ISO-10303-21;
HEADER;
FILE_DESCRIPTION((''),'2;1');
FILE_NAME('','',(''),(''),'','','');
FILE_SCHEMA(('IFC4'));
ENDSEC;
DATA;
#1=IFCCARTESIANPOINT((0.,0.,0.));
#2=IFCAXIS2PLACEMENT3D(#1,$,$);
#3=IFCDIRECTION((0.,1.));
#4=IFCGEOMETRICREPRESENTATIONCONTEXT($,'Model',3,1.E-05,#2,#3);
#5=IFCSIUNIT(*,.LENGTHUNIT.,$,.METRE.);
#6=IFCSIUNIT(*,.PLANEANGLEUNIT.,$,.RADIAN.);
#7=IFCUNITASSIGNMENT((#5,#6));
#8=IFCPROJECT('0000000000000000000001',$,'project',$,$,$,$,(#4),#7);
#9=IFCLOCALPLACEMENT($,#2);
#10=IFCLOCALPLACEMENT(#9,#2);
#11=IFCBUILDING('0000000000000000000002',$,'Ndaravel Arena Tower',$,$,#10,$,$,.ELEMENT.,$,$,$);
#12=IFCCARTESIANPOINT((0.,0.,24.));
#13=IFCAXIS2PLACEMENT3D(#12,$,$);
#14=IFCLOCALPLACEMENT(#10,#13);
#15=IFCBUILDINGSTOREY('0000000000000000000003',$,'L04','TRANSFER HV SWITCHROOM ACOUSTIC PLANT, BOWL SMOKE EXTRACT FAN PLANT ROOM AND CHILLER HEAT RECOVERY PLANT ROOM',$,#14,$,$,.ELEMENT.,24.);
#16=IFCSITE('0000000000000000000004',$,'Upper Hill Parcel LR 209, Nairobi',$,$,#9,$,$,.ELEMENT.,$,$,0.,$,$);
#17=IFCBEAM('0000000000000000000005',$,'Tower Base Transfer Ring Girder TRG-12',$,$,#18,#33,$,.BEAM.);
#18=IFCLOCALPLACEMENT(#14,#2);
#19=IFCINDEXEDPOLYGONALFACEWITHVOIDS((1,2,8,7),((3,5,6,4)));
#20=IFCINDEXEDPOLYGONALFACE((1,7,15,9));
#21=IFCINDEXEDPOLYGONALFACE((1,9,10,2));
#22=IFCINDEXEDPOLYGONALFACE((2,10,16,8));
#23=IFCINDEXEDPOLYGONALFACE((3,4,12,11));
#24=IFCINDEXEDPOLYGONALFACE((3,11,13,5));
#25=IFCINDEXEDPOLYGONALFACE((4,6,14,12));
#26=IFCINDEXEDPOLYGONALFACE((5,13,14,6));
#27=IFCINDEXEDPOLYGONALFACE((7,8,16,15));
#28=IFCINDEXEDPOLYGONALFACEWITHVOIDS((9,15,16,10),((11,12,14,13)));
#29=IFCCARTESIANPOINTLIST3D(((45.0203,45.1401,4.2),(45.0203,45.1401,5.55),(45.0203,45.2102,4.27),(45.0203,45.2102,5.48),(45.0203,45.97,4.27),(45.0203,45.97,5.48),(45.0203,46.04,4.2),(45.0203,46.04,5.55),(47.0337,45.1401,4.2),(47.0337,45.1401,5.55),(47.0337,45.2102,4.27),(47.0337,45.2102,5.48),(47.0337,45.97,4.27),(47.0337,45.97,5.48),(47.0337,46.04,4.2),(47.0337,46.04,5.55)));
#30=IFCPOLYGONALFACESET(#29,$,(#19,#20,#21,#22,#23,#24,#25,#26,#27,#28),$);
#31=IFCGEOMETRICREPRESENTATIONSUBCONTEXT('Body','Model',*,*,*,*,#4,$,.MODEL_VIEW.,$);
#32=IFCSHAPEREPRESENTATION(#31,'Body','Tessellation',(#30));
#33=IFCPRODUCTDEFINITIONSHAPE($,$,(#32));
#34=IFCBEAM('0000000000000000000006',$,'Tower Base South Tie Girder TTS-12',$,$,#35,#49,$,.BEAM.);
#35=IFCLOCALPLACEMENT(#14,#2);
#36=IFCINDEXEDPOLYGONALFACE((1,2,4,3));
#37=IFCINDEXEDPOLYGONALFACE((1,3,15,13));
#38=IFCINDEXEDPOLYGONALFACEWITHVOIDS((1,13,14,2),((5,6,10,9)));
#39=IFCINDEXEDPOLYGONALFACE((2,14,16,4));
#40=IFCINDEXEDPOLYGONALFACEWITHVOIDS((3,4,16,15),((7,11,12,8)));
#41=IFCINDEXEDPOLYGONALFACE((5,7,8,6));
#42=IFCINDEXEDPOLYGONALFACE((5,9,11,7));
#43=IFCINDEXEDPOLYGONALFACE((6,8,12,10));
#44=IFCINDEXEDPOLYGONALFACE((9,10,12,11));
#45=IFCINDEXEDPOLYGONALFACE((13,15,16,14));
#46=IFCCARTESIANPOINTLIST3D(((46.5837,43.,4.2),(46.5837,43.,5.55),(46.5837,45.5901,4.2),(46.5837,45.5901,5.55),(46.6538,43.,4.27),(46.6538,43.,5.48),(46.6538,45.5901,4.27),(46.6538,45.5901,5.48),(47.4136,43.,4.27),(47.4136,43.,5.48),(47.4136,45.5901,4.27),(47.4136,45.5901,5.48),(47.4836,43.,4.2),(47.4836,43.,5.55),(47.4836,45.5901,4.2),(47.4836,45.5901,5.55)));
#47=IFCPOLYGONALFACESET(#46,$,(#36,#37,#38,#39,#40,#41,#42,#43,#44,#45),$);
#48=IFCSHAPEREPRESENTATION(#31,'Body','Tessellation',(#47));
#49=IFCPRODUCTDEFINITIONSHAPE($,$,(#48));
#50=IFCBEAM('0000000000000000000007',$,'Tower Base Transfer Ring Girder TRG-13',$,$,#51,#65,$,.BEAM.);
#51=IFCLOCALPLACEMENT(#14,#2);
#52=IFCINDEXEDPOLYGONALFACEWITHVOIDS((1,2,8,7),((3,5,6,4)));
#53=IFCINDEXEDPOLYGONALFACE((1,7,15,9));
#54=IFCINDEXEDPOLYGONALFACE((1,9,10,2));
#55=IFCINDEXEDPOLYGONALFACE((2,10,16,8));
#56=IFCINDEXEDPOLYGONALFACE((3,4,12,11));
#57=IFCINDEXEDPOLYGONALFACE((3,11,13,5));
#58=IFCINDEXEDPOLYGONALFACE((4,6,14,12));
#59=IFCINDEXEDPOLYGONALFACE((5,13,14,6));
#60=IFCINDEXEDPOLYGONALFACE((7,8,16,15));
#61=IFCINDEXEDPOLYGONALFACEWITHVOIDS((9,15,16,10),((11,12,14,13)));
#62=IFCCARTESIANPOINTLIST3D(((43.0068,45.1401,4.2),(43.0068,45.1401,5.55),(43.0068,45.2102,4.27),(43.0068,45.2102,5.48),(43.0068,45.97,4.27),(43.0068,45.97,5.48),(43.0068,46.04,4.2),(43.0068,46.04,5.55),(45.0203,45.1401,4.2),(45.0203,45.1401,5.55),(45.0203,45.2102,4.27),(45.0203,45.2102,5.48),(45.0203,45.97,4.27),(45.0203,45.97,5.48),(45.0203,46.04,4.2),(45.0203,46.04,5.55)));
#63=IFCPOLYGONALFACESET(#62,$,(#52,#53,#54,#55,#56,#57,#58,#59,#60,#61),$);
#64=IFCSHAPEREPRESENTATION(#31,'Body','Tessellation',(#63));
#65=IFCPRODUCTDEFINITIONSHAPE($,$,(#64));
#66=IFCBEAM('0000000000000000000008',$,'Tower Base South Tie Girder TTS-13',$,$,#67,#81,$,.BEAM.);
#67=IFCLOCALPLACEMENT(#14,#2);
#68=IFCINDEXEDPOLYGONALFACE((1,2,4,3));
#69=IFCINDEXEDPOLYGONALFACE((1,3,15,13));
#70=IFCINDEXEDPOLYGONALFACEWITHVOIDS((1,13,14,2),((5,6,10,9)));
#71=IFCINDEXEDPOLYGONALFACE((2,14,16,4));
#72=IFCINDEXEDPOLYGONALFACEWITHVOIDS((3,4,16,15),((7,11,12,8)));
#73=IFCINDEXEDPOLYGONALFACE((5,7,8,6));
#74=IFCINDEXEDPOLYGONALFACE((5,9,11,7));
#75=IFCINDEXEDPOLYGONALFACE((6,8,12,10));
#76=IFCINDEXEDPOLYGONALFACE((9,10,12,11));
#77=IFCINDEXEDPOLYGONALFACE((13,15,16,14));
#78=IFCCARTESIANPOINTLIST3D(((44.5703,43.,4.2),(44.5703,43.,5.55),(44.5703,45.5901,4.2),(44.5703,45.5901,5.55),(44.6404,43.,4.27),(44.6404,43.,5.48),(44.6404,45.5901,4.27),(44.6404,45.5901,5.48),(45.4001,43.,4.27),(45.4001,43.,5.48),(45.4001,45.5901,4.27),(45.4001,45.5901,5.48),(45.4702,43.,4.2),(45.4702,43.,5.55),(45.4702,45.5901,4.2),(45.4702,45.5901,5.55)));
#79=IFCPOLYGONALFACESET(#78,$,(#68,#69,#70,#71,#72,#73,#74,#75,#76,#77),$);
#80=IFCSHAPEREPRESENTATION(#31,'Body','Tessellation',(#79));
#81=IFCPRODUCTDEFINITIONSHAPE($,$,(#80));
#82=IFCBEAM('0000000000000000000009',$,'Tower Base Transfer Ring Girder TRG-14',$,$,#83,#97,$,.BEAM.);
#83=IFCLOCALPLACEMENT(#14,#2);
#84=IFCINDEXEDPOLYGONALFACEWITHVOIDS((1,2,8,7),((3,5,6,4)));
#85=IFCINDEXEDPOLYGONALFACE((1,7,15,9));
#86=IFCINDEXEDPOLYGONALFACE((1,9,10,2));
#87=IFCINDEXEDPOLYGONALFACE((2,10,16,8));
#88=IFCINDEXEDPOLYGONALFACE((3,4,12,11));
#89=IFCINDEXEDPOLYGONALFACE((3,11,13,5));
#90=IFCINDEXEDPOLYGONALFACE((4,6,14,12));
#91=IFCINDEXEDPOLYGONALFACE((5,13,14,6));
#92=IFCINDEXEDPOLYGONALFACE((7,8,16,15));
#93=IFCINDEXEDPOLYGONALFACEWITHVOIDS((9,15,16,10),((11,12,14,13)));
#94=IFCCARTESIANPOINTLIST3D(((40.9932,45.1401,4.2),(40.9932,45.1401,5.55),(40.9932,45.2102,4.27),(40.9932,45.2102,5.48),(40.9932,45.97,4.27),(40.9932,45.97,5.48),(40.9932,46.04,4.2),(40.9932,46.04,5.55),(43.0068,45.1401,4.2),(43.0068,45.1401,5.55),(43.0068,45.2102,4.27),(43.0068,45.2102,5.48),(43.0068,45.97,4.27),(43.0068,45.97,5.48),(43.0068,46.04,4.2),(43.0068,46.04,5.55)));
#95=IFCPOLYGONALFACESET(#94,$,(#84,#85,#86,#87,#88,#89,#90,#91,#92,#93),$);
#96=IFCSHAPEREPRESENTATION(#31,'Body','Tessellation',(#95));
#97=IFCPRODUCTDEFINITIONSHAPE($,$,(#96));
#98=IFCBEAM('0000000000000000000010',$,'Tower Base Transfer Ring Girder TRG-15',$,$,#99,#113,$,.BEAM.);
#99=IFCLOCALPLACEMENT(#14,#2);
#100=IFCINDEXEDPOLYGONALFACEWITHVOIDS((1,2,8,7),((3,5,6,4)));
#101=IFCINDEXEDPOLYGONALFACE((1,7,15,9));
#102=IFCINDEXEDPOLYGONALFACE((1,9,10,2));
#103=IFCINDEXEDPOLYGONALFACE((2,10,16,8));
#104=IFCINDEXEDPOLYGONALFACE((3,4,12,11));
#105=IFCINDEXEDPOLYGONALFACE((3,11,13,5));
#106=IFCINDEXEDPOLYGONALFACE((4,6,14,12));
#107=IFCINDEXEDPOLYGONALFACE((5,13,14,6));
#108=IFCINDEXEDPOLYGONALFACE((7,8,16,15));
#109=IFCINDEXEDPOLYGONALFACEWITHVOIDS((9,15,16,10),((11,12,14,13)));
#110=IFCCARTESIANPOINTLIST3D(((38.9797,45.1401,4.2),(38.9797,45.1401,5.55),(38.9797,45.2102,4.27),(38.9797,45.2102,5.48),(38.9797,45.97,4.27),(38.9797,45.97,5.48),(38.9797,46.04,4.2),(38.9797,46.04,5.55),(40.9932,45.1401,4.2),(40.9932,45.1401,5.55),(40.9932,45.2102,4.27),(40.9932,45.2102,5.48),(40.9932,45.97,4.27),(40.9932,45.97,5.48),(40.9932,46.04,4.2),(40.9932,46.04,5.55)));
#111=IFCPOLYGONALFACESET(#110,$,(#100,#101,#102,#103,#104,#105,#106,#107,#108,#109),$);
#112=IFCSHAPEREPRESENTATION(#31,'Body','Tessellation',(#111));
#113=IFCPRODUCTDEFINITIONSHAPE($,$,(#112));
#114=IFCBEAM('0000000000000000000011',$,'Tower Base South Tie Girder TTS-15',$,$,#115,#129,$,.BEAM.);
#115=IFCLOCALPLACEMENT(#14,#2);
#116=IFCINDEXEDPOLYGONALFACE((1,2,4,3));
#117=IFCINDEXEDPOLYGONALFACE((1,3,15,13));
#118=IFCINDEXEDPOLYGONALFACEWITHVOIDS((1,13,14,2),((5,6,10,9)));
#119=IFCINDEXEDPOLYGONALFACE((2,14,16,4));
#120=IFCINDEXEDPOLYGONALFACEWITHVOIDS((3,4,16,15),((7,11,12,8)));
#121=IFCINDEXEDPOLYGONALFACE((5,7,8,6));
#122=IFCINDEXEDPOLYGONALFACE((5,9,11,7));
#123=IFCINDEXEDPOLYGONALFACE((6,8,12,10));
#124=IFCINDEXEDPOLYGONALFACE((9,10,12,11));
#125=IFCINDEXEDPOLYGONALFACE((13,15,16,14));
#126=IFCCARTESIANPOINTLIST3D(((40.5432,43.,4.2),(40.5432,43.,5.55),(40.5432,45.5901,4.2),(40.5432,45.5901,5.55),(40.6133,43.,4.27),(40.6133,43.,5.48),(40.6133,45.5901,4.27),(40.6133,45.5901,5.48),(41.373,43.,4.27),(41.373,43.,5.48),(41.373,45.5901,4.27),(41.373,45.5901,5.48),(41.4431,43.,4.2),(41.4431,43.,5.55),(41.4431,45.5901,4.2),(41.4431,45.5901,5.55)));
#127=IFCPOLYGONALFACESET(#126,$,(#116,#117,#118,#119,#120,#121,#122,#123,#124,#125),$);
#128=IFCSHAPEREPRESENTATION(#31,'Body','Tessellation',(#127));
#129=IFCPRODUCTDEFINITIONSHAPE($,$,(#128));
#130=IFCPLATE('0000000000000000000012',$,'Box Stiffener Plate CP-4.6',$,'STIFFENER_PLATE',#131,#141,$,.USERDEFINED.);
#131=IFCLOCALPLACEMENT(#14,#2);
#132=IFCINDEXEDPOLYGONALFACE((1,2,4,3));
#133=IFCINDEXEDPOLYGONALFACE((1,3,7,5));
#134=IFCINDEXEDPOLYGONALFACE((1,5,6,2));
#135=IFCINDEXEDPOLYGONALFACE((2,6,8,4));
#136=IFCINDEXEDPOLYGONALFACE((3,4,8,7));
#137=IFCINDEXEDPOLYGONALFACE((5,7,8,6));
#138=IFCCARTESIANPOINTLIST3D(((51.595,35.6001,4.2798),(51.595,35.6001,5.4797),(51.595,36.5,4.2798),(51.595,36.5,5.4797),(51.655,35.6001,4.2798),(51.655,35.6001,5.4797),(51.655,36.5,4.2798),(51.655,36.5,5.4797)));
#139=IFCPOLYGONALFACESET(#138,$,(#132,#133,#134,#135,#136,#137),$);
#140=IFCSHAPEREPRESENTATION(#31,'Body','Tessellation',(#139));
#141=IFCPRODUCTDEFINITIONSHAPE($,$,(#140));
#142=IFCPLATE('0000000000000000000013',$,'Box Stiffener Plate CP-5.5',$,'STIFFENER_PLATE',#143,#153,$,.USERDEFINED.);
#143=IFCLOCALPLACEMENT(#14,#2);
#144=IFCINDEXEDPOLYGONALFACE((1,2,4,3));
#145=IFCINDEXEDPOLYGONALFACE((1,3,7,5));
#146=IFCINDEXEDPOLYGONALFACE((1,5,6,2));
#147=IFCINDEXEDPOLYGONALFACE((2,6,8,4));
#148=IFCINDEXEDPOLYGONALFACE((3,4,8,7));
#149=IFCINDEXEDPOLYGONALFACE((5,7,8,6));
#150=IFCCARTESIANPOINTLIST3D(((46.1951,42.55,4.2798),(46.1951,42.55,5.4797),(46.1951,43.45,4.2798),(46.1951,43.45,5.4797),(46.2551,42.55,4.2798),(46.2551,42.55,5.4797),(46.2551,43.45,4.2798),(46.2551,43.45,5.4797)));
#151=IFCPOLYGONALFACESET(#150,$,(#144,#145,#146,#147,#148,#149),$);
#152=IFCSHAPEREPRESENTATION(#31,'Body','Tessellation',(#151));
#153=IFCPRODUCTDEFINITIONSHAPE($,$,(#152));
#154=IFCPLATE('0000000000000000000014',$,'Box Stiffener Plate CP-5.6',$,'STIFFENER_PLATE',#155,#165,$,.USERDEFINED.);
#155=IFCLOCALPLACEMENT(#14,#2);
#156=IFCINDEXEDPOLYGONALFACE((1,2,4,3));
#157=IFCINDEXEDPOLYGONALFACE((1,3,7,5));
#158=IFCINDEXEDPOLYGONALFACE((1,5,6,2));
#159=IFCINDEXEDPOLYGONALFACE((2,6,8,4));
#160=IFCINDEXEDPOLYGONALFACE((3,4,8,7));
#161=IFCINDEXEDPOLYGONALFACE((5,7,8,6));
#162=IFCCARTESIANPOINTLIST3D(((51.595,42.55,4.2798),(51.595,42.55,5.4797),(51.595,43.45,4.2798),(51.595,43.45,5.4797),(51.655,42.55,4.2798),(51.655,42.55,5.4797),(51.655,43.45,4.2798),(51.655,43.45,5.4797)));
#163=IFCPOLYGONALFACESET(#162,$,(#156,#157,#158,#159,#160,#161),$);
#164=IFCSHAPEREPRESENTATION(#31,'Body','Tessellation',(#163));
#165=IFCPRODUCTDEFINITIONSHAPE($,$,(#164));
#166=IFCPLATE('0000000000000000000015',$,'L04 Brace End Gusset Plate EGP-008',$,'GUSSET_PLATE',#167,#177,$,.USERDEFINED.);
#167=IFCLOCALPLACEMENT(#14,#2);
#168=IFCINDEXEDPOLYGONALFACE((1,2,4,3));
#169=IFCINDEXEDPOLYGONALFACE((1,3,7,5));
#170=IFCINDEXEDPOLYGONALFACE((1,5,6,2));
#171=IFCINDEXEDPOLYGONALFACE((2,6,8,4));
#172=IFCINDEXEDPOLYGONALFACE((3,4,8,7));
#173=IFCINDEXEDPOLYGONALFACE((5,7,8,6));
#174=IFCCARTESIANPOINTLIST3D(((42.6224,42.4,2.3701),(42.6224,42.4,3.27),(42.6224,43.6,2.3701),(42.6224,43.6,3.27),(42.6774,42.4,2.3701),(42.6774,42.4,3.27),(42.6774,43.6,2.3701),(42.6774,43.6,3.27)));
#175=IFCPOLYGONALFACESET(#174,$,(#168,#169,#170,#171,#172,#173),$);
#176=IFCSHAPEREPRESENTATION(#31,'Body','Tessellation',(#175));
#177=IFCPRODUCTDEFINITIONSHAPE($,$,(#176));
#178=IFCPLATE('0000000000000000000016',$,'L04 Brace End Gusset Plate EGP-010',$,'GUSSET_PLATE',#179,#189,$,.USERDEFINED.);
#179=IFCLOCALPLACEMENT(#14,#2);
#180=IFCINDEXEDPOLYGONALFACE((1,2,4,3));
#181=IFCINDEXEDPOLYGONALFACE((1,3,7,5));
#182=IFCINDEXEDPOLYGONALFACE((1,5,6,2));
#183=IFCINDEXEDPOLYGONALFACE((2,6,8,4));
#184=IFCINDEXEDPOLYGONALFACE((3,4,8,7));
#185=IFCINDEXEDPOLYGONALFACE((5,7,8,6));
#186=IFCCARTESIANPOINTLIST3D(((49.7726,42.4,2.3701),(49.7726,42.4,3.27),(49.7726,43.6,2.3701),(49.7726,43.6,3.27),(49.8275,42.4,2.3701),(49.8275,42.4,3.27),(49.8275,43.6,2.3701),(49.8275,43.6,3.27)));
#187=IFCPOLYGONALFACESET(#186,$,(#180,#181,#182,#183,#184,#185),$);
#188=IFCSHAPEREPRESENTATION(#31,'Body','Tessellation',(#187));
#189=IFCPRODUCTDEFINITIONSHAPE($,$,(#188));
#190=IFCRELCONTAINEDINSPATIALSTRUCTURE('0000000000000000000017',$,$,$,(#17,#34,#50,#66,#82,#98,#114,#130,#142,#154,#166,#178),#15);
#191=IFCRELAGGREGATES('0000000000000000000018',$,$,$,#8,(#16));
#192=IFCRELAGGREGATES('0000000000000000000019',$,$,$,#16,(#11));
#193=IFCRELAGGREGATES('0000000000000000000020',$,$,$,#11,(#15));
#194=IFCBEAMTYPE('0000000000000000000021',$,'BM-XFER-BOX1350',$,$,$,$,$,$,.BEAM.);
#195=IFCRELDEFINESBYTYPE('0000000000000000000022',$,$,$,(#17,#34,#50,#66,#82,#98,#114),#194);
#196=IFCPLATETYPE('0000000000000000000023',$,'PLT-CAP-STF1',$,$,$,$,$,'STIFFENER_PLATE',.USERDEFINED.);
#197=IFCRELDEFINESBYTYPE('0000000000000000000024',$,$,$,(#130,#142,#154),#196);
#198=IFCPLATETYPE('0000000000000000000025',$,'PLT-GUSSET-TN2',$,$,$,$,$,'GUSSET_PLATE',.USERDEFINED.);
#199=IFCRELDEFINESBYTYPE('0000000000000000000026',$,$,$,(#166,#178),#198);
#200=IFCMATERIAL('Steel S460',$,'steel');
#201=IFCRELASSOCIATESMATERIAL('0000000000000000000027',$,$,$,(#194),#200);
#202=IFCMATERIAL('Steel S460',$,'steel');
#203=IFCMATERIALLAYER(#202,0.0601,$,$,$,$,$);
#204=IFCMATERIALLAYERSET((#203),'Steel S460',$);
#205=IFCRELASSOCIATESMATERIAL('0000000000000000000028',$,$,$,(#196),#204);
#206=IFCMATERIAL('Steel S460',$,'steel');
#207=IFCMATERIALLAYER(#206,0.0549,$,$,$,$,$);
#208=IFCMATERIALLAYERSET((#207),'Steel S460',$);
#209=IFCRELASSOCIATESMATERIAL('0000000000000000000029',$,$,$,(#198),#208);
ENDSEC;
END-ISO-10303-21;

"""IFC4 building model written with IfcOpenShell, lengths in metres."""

from ifc_helpers import new_model, si_unit, direction, frame, origin, origin_2d, place, context, subcontext, project, spatial, rectangle, hollow_rectangle, extrude, material, layer, layer_set, material_profile, profile_set, type_object, element, save


model = new_model("IFC4")

# Units and contexts
model_context = context("Model", 3, precision=1e-05, world=origin(), true_north=direction((0.0, 1.0)))
body_context = subcontext(model_context, "Body", "Model", "MODEL_VIEW")
ifc_project = project(units=[si_unit("LENGTHUNIT", "METRE"), si_unit("PLANEANGLEUNIT", "RADIAN")], contexts=[model_context])

# Site, building, storey
site_placement = place(None, origin())
site = spatial("IfcSite", under=ifc_project, at=site_placement, Name="Upper Hill Parcel LR 209, Nairobi", CompositionType="ELEMENT", RefElevation=0.0)
building_placement = place(site_placement, origin())
building = spatial("IfcBuilding", under=site, at=building_placement, Name="Ndaravel Arena Tower", CompositionType="ELEMENT")
storey_placement = place(building_placement, frame((0.0, 0.0, 24.0)))
storey = spatial("IfcBuildingStorey", under=building, at=storey_placement, Name="L04", Description="TRANSFER HV SWITCHROOM ACOUSTIC PLANT, BOWL SMOKE EXTRACT FAN PLANT ROOM AND CHILLER HEAT RECOVERY PLANT ROOM", CompositionType="ELEMENT", Elevation=24.0)

# Beams
ifc_material_1 = material(Name="Steel S460", Category="steel")
ifc_material_profile_1 = material_profile(ifc_material_1, hollow_rectangle(XDim=0.8999, YDim=1.3501, WallThickness=0.0701, at=origin_2d()), Name="BOX 1350x900x70")
ifc_profile_set_1 = profile_set([ifc_material_profile_1], Name="Steel S460")
beam_type_1 = type_object("IfcBeamType", Name="BM-XFER-BOX1350", PredefinedType="BEAM", material=ifc_profile_set_1)
beam_1_placement = place(storey_placement, frame((47.0337, 45.5901, 4.875), z_axis=(-1.0, 0.0, 0.0), x_axis=(0.0, -1.0, 0.0)))
element("IfcBeam", 1, at=beam_1_placement, inside=storey, type_object=beam_type_1, Name="Tower Base Transfer Ring Girder TRG-12", PredefinedType="BEAM", context=body_context, shape_type="SweptSolid", body=[
    extrude(hollow_rectangle(XDim=0.8999, YDim=1.3501, WallThickness=0.0701, at=origin_2d()), origin(), (0.0, 0.0, 1.0), 2.0134),
])
beam_2_placement = place(storey_placement, frame((47.0337, 43.0, 4.875), z_axis=(0.0, 1.0, 0.0), x_axis=(-1.0, 0.0, 0.0)))
element("IfcBeam", 2, at=beam_2_placement, inside=storey, type_object=beam_type_1, Name="Tower Base South Tie Girder TTS-12", PredefinedType="BEAM", context=body_context, shape_type="SweptSolid", body=[
    extrude(hollow_rectangle(XDim=0.8999, YDim=1.3501, WallThickness=0.0701, at=origin_2d()), origin(), (0.0, 0.0, 1.0), 2.5901),
])
beam_3_placement = place(storey_placement, frame((45.0203, 45.5901, 4.875), z_axis=(-1.0, 0.0, 0.0), x_axis=(0.0, -1.0, 0.0)))
element("IfcBeam", 3, at=beam_3_placement, inside=storey, type_object=beam_type_1, Name="Tower Base Transfer Ring Girder TRG-13", PredefinedType="BEAM", context=body_context, shape_type="SweptSolid", body=[
    extrude(hollow_rectangle(XDim=0.8999, YDim=1.3501, WallThickness=0.0701, at=origin_2d()), origin(), (0.0, 0.0, 1.0), 2.0134),
])
beam_4_placement = place(storey_placement, frame((45.0203, 43.0, 4.875), z_axis=(0.0, 1.0, 0.0), x_axis=(-1.0, 0.0, 0.0)))
element("IfcBeam", 4, at=beam_4_placement, inside=storey, type_object=beam_type_1, Name="Tower Base South Tie Girder TTS-13", PredefinedType="BEAM", context=body_context, shape_type="SweptSolid", body=[
    extrude(hollow_rectangle(XDim=0.8999, YDim=1.3501, WallThickness=0.0701, at=origin_2d()), origin(), (0.0, 0.0, 1.0), 2.5901),
])
beam_5_placement = place(storey_placement, frame((43.0068, 45.5901, 4.875), z_axis=(-1.0, 0.0, 0.0), x_axis=(0.0, -1.0, 0.0)))
element("IfcBeam", 5, at=beam_5_placement, inside=storey, type_object=beam_type_1, Name="Tower Base Transfer Ring Girder TRG-14", PredefinedType="BEAM", context=body_context, shape_type="SweptSolid", body=[
    extrude(hollow_rectangle(XDim=0.8999, YDim=1.3501, WallThickness=0.0701, at=origin_2d()), origin(), (0.0, 0.0, 1.0), 2.0137),
])
beam_6_placement = place(storey_placement, frame((40.9932, 45.5901, 4.875), z_axis=(-1.0, 0.0, 0.0), x_axis=(0.0, -1.0, 0.0)))
element("IfcBeam", 6, at=beam_6_placement, inside=storey, type_object=beam_type_1, Name="Tower Base Transfer Ring Girder TRG-15", PredefinedType="BEAM", context=body_context, shape_type="SweptSolid", body=[
    extrude(hollow_rectangle(XDim=0.8999, YDim=1.3501, WallThickness=0.0701, at=origin_2d()), origin(), (0.0, 0.0, 1.0), 2.0134),
])
beam_7_placement = place(storey_placement, frame((40.9932, 43.0, 4.875), z_axis=(0.0, 1.0, 0.0), x_axis=(-1.0, 0.0, 0.0)))
element("IfcBeam", 7, at=beam_7_placement, inside=storey, type_object=beam_type_1, Name="Tower Base South Tie Girder TTS-15", PredefinedType="BEAM", context=body_context, shape_type="SweptSolid", body=[
    extrude(hollow_rectangle(XDim=0.8999, YDim=1.3501, WallThickness=0.0701, at=origin_2d()), origin(), (0.0, 0.0, 1.0), 2.5901),
])

# Plates
ifc_material_2 = material(Name="Steel S460", Category="steel")
ifc_layer_1 = layer(ifc_material_2, 0.0601)
ifc_layer_set_1 = layer_set([ifc_layer_1], Name="Steel S460")
plate_type_1 = type_object("IfcPlateType", Name="PLT-CAP-STF1", ElementType="STIFFENER_PLATE", PredefinedType="USERDEFINED", material=ifc_layer_set_1)
for number, where, z_axis, x_axis, name in (
    (8, (51.625, 36.05, 4.2798), (0.0, 0.0, 1.0), (1.0, 0.0, 0.0), "Box Stiffener Plate CP-4.6"),
    (9, (46.2251, 43.0, 4.2798), (0.0, 0.0, 1.0), (1.0, 0.0, 0.0), "Box Stiffener Plate CP-5.5"),
    (10, (51.625, 43.0, 4.2798), (0.0, 0.0, 1.0), (1.0, 0.0, 0.0), "Box Stiffener Plate CP-5.6"),
):
    element("IfcPlate", number, at=place(storey_placement, frame(where, z_axis=z_axis, x_axis=x_axis)), inside=storey, type_object=plate_type_1, Name=name, ObjectType="STIFFENER_PLATE", PredefinedType="USERDEFINED", context=body_context, shape_type="SweptSolid", body=[
        extrude(rectangle(XDim=0.0601, YDim=0.8999, at=origin_2d()), origin(), (0.0, 0.0, 1.0), 1.2),
    ])
ifc_material_3 = material(Name="Steel S460", Category="steel")
ifc_layer_2 = layer(ifc_material_3, 0.0549)
ifc_layer_set_2 = layer_set([ifc_layer_2], Name="Steel S460")
plate_type_2 = type_object("IfcPlateType", Name="PLT-GUSSET-TN2", ElementType="GUSSET_PLATE", PredefinedType="USERDEFINED", material=ifc_layer_set_2)
for number, where, z_axis, x_axis, name in (
    (11, (42.6499, 43.0, 2.3701), (0.0, 0.0, 1.0), (1.0, 0.0, 0.0), "L04 Brace End Gusset Plate EGP-008"),
    (12, (49.8, 43.0, 2.3701), (0.0, 0.0, 1.0), (1.0, 0.0, 0.0), "L04 Brace End Gusset Plate EGP-010"),
):
    element("IfcPlate", number, at=place(storey_placement, frame(where, z_axis=z_axis, x_axis=x_axis)), inside=storey, type_object=plate_type_2, Name=name, ObjectType="GUSSET_PLATE", PredefinedType="USERDEFINED", context=body_context, shape_type="SweptSolid", body=[
        extrude(rectangle(XDim=0.0549, YDim=1.2, at=origin_2d()), origin(), (0.0, 0.0, 1.0), 0.8999),
    ])

save(model, "model.ifc")
